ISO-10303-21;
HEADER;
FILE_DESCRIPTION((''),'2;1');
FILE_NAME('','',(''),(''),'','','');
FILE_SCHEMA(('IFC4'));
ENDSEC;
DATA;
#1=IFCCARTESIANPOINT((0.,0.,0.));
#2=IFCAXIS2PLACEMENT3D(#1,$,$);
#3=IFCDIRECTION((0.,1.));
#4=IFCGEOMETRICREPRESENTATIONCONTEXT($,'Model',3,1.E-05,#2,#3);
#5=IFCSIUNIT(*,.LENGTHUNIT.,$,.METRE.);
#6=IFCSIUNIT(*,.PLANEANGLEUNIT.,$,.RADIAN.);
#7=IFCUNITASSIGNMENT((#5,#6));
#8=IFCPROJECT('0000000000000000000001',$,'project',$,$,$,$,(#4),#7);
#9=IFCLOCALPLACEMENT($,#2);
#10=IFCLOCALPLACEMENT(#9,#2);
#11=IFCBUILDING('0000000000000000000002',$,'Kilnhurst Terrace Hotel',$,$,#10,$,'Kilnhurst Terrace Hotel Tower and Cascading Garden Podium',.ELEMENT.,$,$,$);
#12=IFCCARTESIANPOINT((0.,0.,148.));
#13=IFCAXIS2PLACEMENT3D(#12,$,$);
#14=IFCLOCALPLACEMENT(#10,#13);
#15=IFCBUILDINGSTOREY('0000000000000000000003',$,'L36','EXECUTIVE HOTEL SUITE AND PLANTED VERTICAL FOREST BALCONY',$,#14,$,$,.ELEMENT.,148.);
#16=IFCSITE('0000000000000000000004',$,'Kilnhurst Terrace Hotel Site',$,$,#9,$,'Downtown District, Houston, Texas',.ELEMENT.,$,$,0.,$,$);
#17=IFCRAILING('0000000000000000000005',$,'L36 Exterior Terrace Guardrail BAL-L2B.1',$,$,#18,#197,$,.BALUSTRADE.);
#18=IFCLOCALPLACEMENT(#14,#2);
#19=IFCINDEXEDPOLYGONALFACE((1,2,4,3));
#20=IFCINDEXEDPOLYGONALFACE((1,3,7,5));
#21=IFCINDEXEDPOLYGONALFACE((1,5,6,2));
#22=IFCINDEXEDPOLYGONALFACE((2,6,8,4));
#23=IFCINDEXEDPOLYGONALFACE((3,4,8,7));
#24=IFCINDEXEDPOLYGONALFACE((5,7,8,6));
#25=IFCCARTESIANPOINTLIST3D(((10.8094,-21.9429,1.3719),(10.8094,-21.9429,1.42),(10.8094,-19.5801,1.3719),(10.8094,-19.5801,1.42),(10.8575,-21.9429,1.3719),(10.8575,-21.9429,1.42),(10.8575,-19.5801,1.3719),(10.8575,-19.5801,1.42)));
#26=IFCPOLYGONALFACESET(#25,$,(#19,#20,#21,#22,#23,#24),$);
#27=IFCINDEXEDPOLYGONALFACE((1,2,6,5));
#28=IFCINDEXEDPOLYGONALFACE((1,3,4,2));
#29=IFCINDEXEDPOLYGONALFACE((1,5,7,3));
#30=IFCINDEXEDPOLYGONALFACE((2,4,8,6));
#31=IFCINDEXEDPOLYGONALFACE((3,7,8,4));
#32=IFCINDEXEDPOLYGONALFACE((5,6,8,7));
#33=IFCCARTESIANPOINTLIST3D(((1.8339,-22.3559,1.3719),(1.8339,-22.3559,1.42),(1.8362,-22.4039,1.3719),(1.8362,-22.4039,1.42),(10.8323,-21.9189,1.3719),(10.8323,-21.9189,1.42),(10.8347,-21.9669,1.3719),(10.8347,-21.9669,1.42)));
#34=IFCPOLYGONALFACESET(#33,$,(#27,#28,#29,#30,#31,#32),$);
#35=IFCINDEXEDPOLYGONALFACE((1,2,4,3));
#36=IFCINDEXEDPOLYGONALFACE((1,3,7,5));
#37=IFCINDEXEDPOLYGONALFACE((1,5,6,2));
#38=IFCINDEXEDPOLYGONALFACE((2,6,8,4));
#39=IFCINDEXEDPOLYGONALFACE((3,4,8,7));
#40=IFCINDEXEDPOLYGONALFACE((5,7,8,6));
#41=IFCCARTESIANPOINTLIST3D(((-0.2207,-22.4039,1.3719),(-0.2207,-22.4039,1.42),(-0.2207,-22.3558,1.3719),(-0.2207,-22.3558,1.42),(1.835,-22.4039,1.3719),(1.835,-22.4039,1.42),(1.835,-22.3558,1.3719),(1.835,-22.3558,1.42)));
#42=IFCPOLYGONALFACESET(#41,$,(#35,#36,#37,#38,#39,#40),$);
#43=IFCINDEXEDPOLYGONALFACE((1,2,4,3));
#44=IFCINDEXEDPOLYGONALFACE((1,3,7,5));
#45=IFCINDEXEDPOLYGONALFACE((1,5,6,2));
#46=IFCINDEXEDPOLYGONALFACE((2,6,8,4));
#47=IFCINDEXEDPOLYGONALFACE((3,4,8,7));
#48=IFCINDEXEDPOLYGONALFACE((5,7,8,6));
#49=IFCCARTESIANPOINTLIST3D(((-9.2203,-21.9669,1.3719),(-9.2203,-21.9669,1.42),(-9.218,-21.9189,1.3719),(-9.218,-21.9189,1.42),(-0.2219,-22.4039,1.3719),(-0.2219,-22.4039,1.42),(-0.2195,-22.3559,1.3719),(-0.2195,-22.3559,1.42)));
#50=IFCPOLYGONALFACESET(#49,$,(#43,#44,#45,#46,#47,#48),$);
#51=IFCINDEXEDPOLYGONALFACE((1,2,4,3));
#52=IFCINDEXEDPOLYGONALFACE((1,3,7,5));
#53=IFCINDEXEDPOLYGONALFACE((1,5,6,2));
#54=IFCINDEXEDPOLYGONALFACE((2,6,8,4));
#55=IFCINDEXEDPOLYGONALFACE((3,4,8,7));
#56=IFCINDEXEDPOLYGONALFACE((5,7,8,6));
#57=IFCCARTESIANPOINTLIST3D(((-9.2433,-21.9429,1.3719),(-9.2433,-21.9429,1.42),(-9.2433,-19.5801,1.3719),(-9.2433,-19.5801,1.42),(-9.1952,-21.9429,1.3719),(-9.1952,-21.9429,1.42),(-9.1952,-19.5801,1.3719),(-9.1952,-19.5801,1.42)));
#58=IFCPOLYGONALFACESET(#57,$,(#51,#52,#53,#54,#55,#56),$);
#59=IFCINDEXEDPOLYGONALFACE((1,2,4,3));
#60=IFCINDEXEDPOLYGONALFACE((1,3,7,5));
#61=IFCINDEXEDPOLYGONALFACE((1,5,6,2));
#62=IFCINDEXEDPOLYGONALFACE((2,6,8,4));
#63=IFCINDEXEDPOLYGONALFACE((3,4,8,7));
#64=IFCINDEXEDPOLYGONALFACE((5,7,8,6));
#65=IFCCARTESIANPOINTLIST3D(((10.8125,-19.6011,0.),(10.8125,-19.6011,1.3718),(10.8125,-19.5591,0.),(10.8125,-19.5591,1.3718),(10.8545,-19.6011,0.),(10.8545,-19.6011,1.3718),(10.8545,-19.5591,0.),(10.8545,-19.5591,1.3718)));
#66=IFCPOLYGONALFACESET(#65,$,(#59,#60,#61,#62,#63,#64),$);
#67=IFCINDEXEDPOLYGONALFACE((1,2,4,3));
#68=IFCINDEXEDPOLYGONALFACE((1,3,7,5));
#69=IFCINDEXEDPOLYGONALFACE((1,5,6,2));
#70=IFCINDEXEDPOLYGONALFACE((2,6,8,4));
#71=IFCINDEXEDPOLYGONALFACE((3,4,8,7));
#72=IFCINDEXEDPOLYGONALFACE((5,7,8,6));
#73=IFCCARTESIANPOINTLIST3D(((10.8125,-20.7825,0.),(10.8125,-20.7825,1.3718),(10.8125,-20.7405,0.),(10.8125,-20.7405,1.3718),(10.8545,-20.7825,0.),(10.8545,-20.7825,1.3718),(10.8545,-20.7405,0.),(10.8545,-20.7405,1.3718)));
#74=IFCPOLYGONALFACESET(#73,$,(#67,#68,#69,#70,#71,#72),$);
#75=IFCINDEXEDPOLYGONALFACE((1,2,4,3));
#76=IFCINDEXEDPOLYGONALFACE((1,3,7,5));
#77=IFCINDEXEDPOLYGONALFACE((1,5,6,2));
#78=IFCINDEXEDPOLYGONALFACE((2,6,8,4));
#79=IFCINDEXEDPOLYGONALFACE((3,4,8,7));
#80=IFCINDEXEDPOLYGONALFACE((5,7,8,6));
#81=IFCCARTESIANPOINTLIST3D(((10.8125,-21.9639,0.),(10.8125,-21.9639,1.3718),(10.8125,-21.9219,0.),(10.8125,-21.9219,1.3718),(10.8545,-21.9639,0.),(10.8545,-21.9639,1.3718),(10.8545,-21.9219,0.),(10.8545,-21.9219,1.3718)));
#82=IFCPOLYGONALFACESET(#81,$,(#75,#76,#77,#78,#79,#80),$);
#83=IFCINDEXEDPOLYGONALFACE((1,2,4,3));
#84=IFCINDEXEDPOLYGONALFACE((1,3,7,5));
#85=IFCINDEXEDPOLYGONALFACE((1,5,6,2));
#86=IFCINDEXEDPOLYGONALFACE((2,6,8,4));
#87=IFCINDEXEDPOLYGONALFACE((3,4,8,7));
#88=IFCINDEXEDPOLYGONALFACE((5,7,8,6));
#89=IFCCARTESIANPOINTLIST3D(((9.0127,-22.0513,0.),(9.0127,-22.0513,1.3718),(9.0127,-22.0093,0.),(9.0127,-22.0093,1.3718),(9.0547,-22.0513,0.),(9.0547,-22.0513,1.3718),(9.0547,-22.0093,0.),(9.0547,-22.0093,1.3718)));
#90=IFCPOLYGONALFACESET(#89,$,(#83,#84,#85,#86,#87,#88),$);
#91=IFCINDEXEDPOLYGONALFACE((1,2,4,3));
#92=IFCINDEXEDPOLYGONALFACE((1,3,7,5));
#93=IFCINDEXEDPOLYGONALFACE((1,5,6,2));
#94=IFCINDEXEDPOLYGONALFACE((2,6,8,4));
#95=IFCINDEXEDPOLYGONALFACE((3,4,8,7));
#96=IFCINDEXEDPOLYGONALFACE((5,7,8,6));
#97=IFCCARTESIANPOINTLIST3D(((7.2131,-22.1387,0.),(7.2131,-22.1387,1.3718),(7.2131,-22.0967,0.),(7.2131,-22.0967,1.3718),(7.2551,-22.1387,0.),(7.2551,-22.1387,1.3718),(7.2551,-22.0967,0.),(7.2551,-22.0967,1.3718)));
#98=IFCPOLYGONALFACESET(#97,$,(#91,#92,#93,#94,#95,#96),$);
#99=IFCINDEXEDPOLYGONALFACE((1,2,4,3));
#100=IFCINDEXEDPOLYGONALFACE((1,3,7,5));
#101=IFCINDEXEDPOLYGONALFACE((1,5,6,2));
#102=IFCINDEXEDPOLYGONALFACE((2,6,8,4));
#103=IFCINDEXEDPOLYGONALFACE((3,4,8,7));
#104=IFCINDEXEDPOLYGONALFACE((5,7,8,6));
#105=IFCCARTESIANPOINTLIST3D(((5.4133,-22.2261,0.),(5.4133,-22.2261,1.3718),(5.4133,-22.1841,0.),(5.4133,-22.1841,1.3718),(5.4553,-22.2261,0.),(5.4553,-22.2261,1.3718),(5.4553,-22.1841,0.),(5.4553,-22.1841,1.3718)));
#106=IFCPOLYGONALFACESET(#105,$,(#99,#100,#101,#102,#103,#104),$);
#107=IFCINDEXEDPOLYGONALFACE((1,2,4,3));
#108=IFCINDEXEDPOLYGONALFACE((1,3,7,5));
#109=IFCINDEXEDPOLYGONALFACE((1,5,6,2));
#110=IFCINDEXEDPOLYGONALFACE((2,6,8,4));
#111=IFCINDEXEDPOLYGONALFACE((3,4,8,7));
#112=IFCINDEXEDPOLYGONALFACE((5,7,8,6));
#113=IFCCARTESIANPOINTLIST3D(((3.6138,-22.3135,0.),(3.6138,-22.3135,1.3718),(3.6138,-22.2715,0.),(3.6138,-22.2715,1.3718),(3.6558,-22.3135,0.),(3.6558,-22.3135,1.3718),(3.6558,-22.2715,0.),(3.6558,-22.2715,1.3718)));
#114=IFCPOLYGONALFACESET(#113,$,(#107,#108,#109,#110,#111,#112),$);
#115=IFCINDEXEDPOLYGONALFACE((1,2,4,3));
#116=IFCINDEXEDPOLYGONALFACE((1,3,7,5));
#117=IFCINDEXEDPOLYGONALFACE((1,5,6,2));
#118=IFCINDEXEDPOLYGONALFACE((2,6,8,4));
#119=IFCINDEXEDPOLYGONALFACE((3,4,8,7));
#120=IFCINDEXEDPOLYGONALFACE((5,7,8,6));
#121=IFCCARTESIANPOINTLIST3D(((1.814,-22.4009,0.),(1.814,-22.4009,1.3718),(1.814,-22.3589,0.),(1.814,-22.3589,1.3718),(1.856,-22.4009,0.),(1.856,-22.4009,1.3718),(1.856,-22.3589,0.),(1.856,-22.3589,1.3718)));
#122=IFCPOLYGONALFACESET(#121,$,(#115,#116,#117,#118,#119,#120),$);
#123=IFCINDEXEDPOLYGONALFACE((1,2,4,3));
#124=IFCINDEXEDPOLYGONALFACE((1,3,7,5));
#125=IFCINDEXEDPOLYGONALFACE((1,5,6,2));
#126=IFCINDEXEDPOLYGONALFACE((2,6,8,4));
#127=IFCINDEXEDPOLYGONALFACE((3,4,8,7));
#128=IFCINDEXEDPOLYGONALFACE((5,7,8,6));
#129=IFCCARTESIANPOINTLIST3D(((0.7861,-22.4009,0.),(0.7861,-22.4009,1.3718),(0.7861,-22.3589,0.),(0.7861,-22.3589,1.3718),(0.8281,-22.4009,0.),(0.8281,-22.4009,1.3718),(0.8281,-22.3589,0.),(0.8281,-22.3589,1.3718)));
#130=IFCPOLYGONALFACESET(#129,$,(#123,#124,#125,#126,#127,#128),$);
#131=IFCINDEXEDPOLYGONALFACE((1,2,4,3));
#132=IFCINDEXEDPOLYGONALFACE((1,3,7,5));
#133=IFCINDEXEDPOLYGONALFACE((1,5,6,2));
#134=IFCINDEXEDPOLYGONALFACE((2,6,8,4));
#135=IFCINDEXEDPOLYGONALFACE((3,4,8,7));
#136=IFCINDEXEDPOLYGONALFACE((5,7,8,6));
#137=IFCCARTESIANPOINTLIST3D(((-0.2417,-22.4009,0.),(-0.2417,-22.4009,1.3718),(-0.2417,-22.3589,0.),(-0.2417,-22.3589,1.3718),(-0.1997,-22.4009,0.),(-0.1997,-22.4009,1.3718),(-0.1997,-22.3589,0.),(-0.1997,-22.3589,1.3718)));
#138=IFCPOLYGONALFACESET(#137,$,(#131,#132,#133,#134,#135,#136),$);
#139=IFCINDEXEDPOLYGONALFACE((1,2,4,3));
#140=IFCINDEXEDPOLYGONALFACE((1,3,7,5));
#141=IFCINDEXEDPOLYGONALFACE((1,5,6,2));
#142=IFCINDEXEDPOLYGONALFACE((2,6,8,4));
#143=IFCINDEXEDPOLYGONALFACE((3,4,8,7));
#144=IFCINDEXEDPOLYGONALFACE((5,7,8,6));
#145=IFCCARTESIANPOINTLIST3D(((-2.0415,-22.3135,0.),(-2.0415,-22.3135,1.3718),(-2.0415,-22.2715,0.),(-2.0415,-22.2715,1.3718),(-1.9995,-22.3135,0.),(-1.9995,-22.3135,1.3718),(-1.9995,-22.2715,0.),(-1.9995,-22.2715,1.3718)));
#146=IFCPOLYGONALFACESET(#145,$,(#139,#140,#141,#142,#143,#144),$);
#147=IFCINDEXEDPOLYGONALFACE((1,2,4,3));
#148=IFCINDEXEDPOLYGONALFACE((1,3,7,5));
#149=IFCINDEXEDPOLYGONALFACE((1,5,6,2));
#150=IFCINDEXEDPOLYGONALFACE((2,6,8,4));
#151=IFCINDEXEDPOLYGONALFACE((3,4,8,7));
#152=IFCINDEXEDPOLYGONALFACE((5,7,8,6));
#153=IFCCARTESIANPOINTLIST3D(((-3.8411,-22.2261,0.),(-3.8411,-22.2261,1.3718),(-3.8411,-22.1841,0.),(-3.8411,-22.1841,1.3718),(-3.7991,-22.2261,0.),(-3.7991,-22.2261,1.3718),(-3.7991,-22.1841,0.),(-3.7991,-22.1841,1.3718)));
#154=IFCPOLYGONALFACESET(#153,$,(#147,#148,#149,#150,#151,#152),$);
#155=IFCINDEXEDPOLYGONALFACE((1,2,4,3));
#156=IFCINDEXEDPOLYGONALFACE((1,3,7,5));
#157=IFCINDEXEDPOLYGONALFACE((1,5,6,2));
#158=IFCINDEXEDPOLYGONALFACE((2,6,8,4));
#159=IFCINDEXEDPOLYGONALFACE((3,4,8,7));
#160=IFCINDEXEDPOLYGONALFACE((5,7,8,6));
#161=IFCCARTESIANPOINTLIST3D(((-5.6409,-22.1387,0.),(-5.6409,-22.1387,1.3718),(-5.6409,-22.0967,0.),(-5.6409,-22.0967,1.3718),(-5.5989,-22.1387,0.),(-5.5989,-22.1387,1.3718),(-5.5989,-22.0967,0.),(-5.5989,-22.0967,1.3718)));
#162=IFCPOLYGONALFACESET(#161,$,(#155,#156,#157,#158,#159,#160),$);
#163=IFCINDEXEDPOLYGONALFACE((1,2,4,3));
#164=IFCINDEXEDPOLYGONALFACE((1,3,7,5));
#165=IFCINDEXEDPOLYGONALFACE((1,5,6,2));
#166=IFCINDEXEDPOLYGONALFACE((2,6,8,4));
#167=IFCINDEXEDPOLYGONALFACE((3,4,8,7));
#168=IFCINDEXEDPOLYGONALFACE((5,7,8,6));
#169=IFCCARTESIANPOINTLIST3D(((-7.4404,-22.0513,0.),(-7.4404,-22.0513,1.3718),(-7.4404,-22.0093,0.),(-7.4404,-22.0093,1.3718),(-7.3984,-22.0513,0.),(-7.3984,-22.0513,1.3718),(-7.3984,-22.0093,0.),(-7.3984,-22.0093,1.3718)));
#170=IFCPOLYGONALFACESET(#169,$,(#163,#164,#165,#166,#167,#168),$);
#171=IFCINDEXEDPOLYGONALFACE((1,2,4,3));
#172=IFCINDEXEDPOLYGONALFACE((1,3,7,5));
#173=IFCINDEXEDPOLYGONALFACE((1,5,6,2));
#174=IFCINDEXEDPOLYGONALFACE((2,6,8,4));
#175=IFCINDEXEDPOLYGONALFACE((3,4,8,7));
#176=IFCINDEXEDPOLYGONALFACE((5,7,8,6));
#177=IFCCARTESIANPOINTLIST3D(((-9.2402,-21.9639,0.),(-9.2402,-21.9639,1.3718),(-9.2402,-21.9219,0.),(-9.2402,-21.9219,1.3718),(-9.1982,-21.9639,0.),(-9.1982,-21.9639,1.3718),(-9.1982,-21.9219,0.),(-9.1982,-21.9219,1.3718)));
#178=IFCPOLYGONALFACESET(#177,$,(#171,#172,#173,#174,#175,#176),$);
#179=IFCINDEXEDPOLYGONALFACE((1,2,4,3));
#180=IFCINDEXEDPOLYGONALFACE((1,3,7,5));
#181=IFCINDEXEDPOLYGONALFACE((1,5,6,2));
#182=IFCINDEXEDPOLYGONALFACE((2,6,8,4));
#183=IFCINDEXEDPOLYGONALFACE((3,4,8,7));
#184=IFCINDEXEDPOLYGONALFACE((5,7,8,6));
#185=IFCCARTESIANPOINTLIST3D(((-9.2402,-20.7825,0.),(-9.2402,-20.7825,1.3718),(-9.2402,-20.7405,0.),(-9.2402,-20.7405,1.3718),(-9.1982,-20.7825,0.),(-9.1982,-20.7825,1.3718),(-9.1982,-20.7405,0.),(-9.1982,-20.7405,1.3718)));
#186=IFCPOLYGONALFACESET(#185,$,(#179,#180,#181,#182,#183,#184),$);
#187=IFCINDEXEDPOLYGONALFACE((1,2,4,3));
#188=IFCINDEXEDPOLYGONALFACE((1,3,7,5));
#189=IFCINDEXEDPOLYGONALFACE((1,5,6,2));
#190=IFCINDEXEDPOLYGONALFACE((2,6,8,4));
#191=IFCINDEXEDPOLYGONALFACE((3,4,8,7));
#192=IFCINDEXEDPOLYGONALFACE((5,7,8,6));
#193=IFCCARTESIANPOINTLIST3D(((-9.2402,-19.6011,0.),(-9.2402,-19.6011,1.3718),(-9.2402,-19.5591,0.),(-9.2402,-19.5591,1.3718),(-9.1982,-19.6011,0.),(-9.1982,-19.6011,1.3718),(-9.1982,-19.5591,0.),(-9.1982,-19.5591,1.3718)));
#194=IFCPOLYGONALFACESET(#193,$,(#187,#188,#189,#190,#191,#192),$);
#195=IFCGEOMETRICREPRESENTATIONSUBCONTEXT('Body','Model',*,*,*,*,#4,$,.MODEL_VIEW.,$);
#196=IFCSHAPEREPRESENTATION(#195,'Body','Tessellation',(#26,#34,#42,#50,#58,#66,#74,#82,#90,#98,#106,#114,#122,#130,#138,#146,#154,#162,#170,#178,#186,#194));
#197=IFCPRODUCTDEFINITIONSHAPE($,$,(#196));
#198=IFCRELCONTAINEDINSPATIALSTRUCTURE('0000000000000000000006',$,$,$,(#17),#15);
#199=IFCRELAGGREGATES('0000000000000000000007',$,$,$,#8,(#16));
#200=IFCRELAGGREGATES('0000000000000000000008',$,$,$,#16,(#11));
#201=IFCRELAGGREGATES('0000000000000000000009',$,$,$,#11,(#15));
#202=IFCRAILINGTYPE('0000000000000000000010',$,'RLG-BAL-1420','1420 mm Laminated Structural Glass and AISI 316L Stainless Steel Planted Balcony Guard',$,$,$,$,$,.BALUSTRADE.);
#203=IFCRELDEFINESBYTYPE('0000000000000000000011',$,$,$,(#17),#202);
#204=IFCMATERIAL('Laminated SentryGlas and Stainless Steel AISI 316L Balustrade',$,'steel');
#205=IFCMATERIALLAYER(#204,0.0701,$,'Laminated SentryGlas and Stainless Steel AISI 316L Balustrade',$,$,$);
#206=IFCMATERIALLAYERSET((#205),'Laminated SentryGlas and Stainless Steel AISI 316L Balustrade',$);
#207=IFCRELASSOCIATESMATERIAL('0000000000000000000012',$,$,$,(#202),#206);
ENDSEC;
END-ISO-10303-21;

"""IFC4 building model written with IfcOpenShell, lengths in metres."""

from ifc_helpers import new_model, si_unit, direction, frame, origin, origin_2d, place, context, subcontext, project, spatial, rectangle, extrude, material, layer, layer_set, type_object, element, save


model = new_model("IFC4")

# Units and contexts
model_context = context("Model", 3, precision=1e-05, world=origin(), true_north=direction((0.0, 1.0)))
body_context = subcontext(model_context, "Body", "Model", "MODEL_VIEW")
ifc_project = project(units=[si_unit("LENGTHUNIT", "METRE"), si_unit("PLANEANGLEUNIT", "RADIAN")], contexts=[model_context])

# Site, building, storey
site_placement = place(None, origin())
site = spatial("IfcSite", under=ifc_project, at=site_placement, Name="Kilnhurst Terrace Hotel Site", LongName="Downtown District, Houston, Texas", CompositionType="ELEMENT", RefElevation=0.0)
building_placement = place(site_placement, origin())
building = spatial("IfcBuilding", under=site, at=building_placement, Name="Kilnhurst Terrace Hotel", LongName="Kilnhurst Terrace Hotel Tower and Cascading Garden Podium", CompositionType="ELEMENT")
storey_placement = place(building_placement, frame((0.0, 0.0, 148.0)))
storey = spatial("IfcBuildingStorey", under=building, at=storey_placement, Name="L36", Description="EXECUTIVE HOTEL SUITE AND PLANTED VERTICAL FOREST BALCONY", CompositionType="ELEMENT", Elevation=148.0)

# Railing
ifc_material_1 = material(Name="Laminated SentryGlas and Stainless Steel AISI 316L Balustrade", Category="steel")
ifc_layer_1 = layer(ifc_material_1, 0.0701, Name="Laminated SentryGlas and Stainless Steel AISI 316L Balustrade")
ifc_layer_set_1 = layer_set([ifc_layer_1], Name="Laminated SentryGlas and Stainless Steel AISI 316L Balustrade")
railing_type = type_object("IfcRailingType", Name="RLG-BAL-1420", Description="1420 mm Laminated Structural Glass and AISI 316L Stainless Steel Planted Balcony Guard", PredefinedType="BALUSTRADE", material=ifc_layer_set_1)
railing_placement = place(storey_placement, frame((10.8335, -19.5801, 0.0)))
element("IfcRailing", 1, at=railing_placement, inside=storey, type_object=railing_type, Name="L36 Exterior Terrace Guardrail BAL-L2B.1", PredefinedType="BALUSTRADE", context=body_context, shape_type="SweptSolid", body=[
    extrude(rectangle(XDim=0.0481, YDim=0.0481, at=origin_2d()), frame((0.0, 0.0, 1.396), z_axis=(0.0, -1.0, 0.0), x_axis=(1.0, 0.0, 0.0)), (0.0, 0.0, 1.0), 2.3628),
    extrude(rectangle(XDim=0.0481, YDim=0.0481, at=origin_2d()), frame((0.0, -2.3628, 1.396), z_axis=(-0.998823, -0.048508, 0.0), x_axis=(0.048508, -0.998823, 0.0)), (0.0, 0.0, 1.0), 9.009),
    extrude(rectangle(XDim=0.0481, YDim=0.0481, at=origin_2d()), frame((-8.9985, -2.7998, 1.396), z_axis=(-1.0, 0.0, 0.0), x_axis=(0.0, -1.0, 0.0)), (0.0, 0.0, 1.0), 2.0557),
    extrude(rectangle(XDim=0.0481, YDim=0.0481, at=origin_2d()), frame((-11.0542, -2.7998, 1.396), z_axis=(-0.998823, 0.048508, 0.0), x_axis=(-0.048508, -0.998823, 0.0)), (0.0, 0.0, 1.0), 9.009),
    extrude(rectangle(XDim=0.0481, YDim=0.0481, at=origin_2d()), frame((-20.0527, -2.3628, 1.396), z_axis=(0.0, 1.0, 0.0), x_axis=(-1.0, 0.0, 0.0)), (0.0, 0.0, 1.0), 2.3628),
    extrude(rectangle(XDim=0.042, YDim=0.042, at=origin_2d()), origin(), (0.0, 0.0, 1.0), 1.3718),
    extrude(rectangle(XDim=0.042, YDim=0.042, at=origin_2d()), frame((0.0, -1.1814, 0.0)), (0.0, 0.0, 1.0), 1.3718),
    extrude(rectangle(XDim=0.042, YDim=0.042, at=origin_2d()), frame((0.0, -2.3628, 0.0)), (0.0, 0.0, 1.0), 1.3718),
    extrude(rectangle(XDim=0.042, YDim=0.042, at=origin_2d()), frame((-1.7998, -2.4502, 0.0)), (0.0, 0.0, 1.0), 1.3718),
    extrude(rectangle(XDim=0.042, YDim=0.042, at=origin_2d()), frame((-3.5994, -2.5376, 0.0)), (0.0, 0.0, 1.0), 1.3718),
    extrude(rectangle(XDim=0.042, YDim=0.042, at=origin_2d()), frame((-5.3992, -2.625, 0.0)), (0.0, 0.0, 1.0), 1.3718),
    extrude(rectangle(XDim=0.042, YDim=0.042, at=origin_2d()), frame((-7.1987, -2.7124, 0.0)), (0.0, 0.0, 1.0), 1.3718),
    extrude(rectangle(XDim=0.042, YDim=0.042, at=origin_2d()), frame((-8.9985, -2.7998, 0.0)), (0.0, 0.0, 1.0), 1.3718),
    extrude(rectangle(XDim=0.042, YDim=0.042, at=origin_2d()), frame((-10.0264, -2.7998, 0.0)), (0.0, 0.0, 1.0), 1.3718),
    extrude(rectangle(XDim=0.042, YDim=0.042, at=origin_2d()), frame((-11.0542, -2.7998, 0.0)), (0.0, 0.0, 1.0), 1.3718),
    extrude(rectangle(XDim=0.042, YDim=0.042, at=origin_2d()), frame((-12.854, -2.7124, 0.0)), (0.0, 0.0, 1.0), 1.3718),
    extrude(rectangle(XDim=0.042, YDim=0.042, at=origin_2d()), frame((-14.6536, -2.625, 0.0)), (0.0, 0.0, 1.0), 1.3718),
    extrude(rectangle(XDim=0.042, YDim=0.042, at=origin_2d()), frame((-16.4534, -2.5376, 0.0)), (0.0, 0.0, 1.0), 1.3718),
    extrude(rectangle(XDim=0.042, YDim=0.042, at=origin_2d()), frame((-18.2529, -2.4502, 0.0)), (0.0, 0.0, 1.0), 1.3718),
    extrude(rectangle(XDim=0.042, YDim=0.042, at=origin_2d()), frame((-20.0527, -2.3628, 0.0)), (0.0, 0.0, 1.0), 1.3718),
    extrude(rectangle(XDim=0.042, YDim=0.042, at=origin_2d()), frame((-20.0527, -1.1814, 0.0)), (0.0, 0.0, 1.0), 1.3718),
    extrude(rectangle(XDim=0.042, YDim=0.042, at=origin_2d()), frame((-20.0527, 0.0, 0.0)), (0.0, 0.0, 1.0), 1.3718),
])

save(model, "model.ifc")
